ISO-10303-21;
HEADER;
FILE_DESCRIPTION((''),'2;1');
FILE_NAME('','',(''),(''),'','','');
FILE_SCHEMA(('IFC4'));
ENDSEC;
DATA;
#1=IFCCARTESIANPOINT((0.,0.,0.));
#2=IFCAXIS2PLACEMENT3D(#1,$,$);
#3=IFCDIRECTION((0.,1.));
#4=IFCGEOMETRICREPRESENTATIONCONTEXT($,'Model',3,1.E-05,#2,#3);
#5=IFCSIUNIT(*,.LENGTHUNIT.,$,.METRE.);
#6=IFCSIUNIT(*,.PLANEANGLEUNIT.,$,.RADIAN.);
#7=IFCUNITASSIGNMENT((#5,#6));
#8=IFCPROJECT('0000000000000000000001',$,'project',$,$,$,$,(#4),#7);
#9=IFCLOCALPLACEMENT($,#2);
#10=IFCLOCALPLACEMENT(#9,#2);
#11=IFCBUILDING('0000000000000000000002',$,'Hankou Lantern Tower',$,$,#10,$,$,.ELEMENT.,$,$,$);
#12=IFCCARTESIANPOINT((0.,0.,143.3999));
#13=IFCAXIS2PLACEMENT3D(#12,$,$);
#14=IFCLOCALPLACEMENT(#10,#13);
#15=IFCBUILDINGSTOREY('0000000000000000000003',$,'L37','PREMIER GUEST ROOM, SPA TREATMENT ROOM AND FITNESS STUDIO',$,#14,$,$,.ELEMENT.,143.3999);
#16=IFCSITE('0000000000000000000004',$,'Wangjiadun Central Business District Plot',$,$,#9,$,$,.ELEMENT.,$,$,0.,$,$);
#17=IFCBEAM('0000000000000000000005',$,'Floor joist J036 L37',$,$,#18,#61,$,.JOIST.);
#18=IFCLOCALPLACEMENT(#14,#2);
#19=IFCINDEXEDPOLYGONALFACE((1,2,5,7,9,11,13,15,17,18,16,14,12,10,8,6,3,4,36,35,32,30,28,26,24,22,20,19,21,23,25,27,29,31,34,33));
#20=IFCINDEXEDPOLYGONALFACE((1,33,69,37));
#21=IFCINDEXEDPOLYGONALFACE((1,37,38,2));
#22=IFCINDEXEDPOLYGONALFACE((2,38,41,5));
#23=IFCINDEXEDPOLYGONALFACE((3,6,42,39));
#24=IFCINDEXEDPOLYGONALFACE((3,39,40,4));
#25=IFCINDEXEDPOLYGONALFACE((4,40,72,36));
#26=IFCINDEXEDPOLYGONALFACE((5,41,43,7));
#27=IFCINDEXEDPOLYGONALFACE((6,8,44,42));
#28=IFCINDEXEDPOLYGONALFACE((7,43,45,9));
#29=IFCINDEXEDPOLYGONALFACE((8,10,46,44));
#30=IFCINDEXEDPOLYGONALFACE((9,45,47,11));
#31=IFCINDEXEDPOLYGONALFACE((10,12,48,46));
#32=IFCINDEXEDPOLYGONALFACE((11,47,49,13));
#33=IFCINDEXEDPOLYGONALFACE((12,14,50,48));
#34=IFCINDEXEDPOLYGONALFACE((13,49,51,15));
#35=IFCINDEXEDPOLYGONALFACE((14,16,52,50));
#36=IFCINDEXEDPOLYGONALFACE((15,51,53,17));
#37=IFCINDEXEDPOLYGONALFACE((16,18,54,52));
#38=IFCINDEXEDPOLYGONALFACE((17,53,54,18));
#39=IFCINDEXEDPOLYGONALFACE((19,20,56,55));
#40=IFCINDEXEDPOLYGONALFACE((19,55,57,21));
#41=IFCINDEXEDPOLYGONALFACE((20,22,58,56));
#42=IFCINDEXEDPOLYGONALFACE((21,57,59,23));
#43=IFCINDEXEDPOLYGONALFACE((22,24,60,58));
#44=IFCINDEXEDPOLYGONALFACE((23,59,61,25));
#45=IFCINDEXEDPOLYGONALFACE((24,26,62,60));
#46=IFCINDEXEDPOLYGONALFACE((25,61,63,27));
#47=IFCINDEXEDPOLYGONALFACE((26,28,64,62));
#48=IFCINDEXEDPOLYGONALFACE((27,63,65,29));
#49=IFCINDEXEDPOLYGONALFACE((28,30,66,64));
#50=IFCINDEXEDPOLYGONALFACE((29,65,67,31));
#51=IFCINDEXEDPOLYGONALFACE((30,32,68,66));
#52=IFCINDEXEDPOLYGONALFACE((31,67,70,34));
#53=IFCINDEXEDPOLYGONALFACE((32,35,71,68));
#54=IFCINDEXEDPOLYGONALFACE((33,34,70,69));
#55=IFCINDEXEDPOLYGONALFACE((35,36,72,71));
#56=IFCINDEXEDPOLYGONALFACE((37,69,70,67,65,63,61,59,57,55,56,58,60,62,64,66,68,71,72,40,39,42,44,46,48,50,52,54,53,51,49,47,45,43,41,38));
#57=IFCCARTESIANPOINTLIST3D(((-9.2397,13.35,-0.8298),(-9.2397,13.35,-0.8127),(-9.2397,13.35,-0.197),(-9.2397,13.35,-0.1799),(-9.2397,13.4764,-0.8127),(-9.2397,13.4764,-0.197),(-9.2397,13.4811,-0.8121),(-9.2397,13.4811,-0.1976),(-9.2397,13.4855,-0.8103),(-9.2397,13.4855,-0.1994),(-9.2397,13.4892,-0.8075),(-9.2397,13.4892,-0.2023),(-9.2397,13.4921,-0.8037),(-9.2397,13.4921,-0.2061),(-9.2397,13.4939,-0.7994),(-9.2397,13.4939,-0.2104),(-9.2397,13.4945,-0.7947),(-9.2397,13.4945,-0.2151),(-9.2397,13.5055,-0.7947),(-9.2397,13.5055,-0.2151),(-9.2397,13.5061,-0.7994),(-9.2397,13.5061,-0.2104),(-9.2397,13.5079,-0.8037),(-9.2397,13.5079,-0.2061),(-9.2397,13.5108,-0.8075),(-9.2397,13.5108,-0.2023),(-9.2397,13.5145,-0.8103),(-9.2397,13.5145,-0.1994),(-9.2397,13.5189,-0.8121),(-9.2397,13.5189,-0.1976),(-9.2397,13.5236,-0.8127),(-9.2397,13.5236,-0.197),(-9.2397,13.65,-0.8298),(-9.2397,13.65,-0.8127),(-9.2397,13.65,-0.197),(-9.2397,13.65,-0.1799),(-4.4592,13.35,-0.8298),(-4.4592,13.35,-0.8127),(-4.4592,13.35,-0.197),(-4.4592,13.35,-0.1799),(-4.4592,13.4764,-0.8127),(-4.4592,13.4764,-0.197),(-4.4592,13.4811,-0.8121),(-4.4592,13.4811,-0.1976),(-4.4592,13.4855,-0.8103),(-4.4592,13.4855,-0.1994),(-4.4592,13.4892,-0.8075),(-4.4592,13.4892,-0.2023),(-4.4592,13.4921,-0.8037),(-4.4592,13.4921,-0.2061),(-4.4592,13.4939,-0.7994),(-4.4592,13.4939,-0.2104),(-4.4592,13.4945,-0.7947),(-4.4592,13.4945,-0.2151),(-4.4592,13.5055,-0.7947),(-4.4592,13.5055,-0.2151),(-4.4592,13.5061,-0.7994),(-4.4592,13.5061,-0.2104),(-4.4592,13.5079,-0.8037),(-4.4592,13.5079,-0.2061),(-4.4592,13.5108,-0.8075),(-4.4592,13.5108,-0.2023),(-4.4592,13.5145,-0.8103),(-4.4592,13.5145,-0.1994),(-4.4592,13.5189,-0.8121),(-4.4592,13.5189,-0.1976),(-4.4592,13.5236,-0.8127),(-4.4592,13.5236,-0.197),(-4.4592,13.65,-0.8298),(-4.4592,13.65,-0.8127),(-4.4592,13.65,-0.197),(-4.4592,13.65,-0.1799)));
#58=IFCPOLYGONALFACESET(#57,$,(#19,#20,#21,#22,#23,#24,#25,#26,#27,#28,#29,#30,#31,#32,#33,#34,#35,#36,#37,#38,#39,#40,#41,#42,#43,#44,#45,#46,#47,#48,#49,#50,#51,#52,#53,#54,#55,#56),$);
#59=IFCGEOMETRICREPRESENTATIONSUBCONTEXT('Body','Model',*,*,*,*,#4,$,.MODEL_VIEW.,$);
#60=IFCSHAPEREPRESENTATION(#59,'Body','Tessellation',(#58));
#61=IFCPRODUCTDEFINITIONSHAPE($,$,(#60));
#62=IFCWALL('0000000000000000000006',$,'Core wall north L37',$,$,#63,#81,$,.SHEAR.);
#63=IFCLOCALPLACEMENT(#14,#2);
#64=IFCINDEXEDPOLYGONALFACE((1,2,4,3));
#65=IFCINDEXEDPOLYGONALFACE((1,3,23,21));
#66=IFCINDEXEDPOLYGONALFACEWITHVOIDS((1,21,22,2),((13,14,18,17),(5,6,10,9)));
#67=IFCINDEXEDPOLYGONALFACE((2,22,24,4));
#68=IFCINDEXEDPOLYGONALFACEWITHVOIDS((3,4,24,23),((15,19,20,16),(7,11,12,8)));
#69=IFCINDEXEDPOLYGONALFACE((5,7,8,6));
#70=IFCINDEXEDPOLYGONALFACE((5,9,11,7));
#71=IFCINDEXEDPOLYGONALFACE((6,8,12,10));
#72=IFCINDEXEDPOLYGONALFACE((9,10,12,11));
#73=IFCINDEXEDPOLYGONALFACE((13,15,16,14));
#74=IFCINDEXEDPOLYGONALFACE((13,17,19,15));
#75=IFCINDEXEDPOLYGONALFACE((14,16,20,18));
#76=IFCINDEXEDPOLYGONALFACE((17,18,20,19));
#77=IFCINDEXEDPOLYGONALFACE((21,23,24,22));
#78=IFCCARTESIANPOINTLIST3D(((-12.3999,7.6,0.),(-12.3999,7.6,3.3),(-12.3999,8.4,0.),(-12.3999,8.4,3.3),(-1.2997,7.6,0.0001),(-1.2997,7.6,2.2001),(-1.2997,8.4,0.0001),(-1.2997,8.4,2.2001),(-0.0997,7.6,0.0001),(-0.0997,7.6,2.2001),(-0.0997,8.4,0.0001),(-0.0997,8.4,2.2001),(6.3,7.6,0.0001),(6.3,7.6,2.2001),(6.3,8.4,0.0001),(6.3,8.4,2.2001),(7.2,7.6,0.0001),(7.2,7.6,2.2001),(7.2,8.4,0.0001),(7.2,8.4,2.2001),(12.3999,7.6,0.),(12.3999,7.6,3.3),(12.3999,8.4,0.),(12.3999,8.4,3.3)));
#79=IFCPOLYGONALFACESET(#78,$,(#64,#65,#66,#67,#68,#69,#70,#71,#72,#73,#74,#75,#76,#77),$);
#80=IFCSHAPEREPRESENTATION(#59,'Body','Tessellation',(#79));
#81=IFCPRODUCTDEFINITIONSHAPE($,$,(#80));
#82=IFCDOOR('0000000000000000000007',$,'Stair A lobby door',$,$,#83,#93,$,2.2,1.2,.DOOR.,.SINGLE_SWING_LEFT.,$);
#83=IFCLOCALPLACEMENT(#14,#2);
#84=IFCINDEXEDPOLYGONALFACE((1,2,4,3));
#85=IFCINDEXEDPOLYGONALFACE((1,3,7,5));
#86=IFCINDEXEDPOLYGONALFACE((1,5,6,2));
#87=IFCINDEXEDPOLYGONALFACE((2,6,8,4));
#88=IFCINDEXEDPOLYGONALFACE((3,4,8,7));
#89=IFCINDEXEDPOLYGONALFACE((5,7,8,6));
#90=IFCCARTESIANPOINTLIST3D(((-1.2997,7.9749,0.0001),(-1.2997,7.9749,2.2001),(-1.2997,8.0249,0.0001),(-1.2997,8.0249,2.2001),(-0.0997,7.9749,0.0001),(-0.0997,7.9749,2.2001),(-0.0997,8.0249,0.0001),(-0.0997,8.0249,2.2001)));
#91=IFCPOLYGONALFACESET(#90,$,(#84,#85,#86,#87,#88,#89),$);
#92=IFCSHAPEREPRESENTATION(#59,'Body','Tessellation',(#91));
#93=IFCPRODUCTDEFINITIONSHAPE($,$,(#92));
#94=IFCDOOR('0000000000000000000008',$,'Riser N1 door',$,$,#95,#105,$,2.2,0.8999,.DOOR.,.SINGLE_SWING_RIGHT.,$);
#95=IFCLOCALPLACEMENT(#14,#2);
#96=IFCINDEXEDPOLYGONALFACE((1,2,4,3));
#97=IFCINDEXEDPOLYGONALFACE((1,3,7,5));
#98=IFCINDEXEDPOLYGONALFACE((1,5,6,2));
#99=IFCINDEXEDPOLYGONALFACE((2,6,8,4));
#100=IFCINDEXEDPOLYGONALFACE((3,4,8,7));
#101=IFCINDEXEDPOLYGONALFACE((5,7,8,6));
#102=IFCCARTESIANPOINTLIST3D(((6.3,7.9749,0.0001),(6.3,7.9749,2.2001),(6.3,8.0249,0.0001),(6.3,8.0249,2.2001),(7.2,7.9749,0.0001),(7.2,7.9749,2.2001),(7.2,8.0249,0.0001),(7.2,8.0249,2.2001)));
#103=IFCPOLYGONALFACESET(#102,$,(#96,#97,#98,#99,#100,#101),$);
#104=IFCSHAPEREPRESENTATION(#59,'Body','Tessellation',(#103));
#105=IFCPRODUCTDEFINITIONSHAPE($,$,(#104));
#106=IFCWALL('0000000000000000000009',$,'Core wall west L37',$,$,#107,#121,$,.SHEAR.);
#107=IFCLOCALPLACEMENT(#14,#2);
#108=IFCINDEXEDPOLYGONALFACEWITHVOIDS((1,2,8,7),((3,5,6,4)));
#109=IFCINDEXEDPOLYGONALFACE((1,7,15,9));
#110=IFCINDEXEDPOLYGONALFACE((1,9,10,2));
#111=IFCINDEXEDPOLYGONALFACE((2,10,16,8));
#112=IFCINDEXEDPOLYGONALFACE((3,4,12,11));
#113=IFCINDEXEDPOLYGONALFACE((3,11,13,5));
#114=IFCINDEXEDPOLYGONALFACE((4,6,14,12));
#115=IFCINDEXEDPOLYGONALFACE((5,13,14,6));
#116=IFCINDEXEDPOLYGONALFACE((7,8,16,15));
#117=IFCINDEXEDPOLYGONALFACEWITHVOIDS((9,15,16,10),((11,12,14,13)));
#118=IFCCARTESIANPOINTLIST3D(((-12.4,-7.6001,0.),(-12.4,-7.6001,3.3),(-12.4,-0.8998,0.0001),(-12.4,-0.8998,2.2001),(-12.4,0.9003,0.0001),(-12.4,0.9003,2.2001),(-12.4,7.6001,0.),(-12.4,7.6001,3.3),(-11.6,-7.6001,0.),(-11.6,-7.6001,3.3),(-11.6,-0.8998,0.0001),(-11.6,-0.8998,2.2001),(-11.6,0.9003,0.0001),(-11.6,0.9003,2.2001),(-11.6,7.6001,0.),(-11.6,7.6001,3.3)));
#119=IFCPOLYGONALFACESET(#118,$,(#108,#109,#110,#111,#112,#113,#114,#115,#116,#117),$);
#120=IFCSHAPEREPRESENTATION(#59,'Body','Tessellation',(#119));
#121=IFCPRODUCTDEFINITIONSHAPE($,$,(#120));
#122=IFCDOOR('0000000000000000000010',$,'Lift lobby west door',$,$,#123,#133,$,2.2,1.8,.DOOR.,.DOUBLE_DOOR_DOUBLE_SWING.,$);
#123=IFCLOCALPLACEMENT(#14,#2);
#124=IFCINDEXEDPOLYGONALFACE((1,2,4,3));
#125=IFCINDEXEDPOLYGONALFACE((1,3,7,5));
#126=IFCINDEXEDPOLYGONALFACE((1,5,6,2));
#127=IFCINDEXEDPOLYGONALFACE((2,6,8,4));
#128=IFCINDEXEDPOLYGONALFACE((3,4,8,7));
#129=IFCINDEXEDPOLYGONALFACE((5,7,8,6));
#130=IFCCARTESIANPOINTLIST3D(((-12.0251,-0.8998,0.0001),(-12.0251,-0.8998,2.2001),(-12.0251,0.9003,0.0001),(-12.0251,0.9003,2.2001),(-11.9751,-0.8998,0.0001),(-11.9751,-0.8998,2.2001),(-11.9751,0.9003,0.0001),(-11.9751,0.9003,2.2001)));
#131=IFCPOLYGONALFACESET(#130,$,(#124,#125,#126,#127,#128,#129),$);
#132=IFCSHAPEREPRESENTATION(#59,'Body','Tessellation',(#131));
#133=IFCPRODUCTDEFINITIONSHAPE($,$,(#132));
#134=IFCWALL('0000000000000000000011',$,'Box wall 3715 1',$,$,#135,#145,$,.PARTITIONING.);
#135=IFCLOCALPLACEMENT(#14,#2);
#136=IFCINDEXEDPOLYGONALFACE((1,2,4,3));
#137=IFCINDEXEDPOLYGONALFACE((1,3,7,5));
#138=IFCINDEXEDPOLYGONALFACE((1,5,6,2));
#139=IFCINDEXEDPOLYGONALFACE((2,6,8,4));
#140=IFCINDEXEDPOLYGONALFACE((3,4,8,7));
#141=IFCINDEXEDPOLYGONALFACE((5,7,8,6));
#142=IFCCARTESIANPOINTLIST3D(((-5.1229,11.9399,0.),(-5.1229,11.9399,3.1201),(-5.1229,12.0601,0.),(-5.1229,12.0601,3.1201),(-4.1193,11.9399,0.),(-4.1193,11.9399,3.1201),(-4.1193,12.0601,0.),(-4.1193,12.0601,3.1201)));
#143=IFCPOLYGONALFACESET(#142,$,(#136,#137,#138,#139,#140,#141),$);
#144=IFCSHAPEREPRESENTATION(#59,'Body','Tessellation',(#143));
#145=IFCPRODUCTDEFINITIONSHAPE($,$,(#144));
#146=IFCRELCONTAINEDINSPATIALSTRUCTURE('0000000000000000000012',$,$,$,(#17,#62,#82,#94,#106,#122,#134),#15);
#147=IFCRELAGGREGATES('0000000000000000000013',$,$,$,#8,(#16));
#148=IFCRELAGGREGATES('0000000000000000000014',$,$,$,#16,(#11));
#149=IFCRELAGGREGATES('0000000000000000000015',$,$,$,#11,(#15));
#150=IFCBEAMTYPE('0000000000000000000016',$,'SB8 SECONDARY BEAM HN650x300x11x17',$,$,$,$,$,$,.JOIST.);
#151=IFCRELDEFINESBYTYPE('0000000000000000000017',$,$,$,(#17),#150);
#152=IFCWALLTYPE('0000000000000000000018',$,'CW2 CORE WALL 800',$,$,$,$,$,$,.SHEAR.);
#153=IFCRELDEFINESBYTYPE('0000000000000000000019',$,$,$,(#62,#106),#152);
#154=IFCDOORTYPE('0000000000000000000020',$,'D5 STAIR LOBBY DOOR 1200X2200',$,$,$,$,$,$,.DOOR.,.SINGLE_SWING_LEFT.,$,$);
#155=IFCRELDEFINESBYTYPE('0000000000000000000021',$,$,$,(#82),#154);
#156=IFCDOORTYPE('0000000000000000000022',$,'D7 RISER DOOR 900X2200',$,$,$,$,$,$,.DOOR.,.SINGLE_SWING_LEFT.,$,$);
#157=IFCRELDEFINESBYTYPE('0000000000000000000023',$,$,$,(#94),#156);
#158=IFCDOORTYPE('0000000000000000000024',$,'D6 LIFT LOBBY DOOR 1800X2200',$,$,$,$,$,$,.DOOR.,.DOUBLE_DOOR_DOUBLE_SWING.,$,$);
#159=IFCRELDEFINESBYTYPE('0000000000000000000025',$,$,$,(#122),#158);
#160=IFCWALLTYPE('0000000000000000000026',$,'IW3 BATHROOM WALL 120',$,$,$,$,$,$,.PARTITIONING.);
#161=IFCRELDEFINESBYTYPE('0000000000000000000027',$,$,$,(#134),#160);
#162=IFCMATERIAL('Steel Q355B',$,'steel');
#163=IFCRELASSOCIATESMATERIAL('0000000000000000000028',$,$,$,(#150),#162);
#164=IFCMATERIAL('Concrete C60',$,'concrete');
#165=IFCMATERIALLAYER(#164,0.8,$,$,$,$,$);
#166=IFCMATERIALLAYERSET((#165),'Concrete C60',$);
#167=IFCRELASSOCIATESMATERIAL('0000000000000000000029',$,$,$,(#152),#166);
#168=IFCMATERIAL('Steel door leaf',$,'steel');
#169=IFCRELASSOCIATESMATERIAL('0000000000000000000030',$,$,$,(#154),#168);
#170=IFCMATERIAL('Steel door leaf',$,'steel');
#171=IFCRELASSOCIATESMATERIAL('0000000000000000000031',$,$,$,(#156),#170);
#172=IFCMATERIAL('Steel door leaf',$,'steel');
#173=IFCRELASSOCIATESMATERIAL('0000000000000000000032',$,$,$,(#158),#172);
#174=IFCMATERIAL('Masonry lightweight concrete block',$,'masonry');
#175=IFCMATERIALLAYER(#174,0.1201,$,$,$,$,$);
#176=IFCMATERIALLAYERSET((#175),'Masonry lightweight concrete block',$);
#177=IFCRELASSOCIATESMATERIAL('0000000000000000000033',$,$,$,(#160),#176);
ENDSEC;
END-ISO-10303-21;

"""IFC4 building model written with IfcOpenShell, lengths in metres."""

from ifc_helpers import new_model, si_unit, direction, frame, frame_2d, origin, origin_2d, place, context, subcontext, project, spatial, rectangle, i_section, extrude, material, layer, layer_set, material_profile, profile_set, type_object, element, fill, save


model = new_model("IFC4")

# Units and contexts
model_context = context("Model", 3, precision=1e-05, world=origin(), true_north=direction((0.0, 1.0)))
body_context = subcontext(model_context, "Body", "Model", "MODEL_VIEW")
ifc_project = project(units=[si_unit("LENGTHUNIT", "METRE"), si_unit("PLANEANGLEUNIT", "RADIAN")], contexts=[model_context])

# Site, building, storey
site_placement = place(None, origin())
site = spatial("IfcSite", under=ifc_project, at=site_placement, Name="Wangjiadun Central Business District Plot", CompositionType="ELEMENT", RefElevation=0.0)
building_placement = place(site_placement, origin())
building = spatial("IfcBuilding", under=site, at=building_placement, Name="Hankou Lantern Tower", CompositionType="ELEMENT")
storey_placement = place(building_placement, frame((0.0, 0.0, 143.3999)))
storey = spatial("IfcBuildingStorey", under=building, at=storey_placement, Name="L37", Description="PREMIER GUEST ROOM, SPA TREATMENT ROOM AND FITNESS STUDIO", CompositionType="ELEMENT", Elevation=143.3999)

# Beam
ifc_material_1 = material(Name="Steel Q355B", Category="steel")
ifc_material_profile_1 = material_profile(ifc_material_1, i_section(OverallWidth=0.3, OverallDepth=0.6499, WebThickness=0.011, FlangeThickness=0.0171, FilletRadius=0.0181, at=origin_2d()), Name="HN650x300x11x17")
ifc_profile_set_1 = profile_set([ifc_material_profile_1], Name="Steel Q355B")
beam_type_1 = type_object("IfcBeamType", Name="SB8 SECONDARY BEAM HN650x300x11x17", PredefinedType="JOIST", material=ifc_profile_set_1)
beam_1_placement = place(storey_placement, frame((-9.2397, 13.5, -0.5049), z_axis=(1.0, 0.0, 0.0), x_axis=(0.0, 1.0, 0.0)))
element("IfcBeam", 1, at=beam_1_placement, inside=storey, type_object=beam_type_1, Name="Floor joist J036 L37", PredefinedType="JOIST", context=body_context, shape_type="SweptSolid", body=[
    extrude(i_section(OverallWidth=0.3, OverallDepth=0.6499, WebThickness=0.011, FlangeThickness=0.0171, FilletRadius=0.0181, at=origin_2d()), origin(), (0.0, 0.0, 1.0), 4.7805),
])

# Wall, openings, doors
ifc_material_2 = material(Name="Concrete C60", Category="concrete")
ifc_layer_1 = layer(ifc_material_2, 0.8)
ifc_layer_set_1 = layer_set([ifc_layer_1], Name="Concrete C60")
wall_type_1 = type_object("IfcWallType", Name="CW2 CORE WALL 800", PredefinedType="SHEAR", material=ifc_layer_set_1)
wall_1_placement = place(storey_placement, frame((-12.3999, 8.0, 0.0), z_axis=(0.0, 0.0, 1.0), x_axis=(1.0, 0.0, 0.0)))
wall_1 = element("IfcWall", 2, at=wall_1_placement, inside=storey, type_object=wall_type_1, Name="Core wall north L37", PredefinedType="SHEAR", context=body_context, shape_type="SweptSolid", body=[
    extrude(rectangle(XDim=24.7998, YDim=0.8, at=frame_2d((12.3999, 0.0))), origin(), (0.0, 0.0, 1.0), 3.3),
])
opening_1_placement = place(wall_1_placement, frame((11.1001, 0.0, 0.0)))
opening_1 = element("IfcOpeningElement", 3, at=opening_1_placement, cuts=wall_1, PredefinedType="OPENING", context=body_context, shape_type="SweptSolid", body=[
    extrude(rectangle(XDim=1.2, YDim=2.2, at=frame_2d((0.6001, 1.1001))), frame((0.0, 0.4099, 0.0), z_axis=(0.0, -1.0, 0.0), x_axis=(1.0, 0.0, 0.0)), (0.0, 0.0, 1.0), 0.8201),
])
opening_2_placement = place(wall_1_placement, frame((18.7, 0.0, 0.0)))
opening_2 = element("IfcOpeningElement", 4, at=opening_2_placement, cuts=wall_1, PredefinedType="OPENING", context=body_context, shape_type="SweptSolid", body=[
    extrude(rectangle(XDim=0.8999, YDim=2.2, at=frame_2d((0.45, 1.1001))), frame((0.0, 0.4099, 0.0), z_axis=(0.0, -1.0, 0.0), x_axis=(1.0, 0.0, 0.0)), (0.0, 0.0, 1.0), 0.8201),
])
ifc_material_3 = material(Name="Steel door leaf", Category="steel")
door_type_1 = type_object("IfcDoorType", Name="D5 STAIR LOBBY DOOR 1200X2200", OperationType="SINGLE_SWING_LEFT", PredefinedType="DOOR", material=ifc_material_3)
door_1_placement = place(opening_1_placement, origin())
door_1 = element("IfcDoor", 5, at=door_1_placement, inside=storey, type_object=door_type_1, Name="Stair A lobby door", OperationType="SINGLE_SWING_LEFT", OverallHeight=2.2, OverallWidth=1.2, PredefinedType="DOOR", context=body_context, shape_type="SweptSolid", body=[
    extrude(rectangle(XDim=1.2, YDim=2.2, at=frame_2d((0.6001, 1.1001))), frame((0.0, 0.0249, 0.0), z_axis=(0.0, -1.0, 0.0), x_axis=(1.0, 0.0, 0.0)), (0.0, 0.0, 1.0), 0.05),
])
fill(opening_1, door_1)
ifc_material_4 = material(Name="Steel door leaf", Category="steel")
door_type_2 = type_object("IfcDoorType", Name="D7 RISER DOOR 900X2200", OperationType="SINGLE_SWING_LEFT", PredefinedType="DOOR", material=ifc_material_4)
door_2_placement = place(opening_2_placement, origin())
door_2 = element("IfcDoor", 6, at=door_2_placement, inside=storey, type_object=door_type_2, Name="Riser N1 door", OperationType="SINGLE_SWING_RIGHT", OverallHeight=2.2, OverallWidth=0.8999, PredefinedType="DOOR", context=body_context, shape_type="SweptSolid", body=[
    extrude(rectangle(XDim=0.8999, YDim=2.2, at=frame_2d((0.45, 1.1001))), frame((0.0, 0.0249, 0.0), z_axis=(0.0, -1.0, 0.0), x_axis=(1.0, 0.0, 0.0)), (0.0, 0.0, 1.0), 0.05),
])
fill(opening_2, door_2)

# Wall, opening, door
wall_2_placement = place(storey_placement, frame((-12.0, 7.6001, 0.0), z_axis=(0.0, 0.0, 1.0), x_axis=(0.0, -1.0, 0.0)))
wall_2 = element("IfcWall", 7, at=wall_2_placement, inside=storey, type_object=wall_type_1, Name="Core wall west L37", PredefinedType="SHEAR", context=body_context, shape_type="SweptSolid", body=[
    extrude(rectangle(XDim=15.2002, YDim=0.8, at=frame_2d((7.6001, 0.0))), origin(), (0.0, 0.0, 1.0), 3.3),
])
opening_3_placement = place(wall_2_placement, frame((6.7, 0.0, 0.0)))
opening_3 = element("IfcOpeningElement", 8, at=opening_3_placement, cuts=wall_2, PredefinedType="OPENING", context=body_context, shape_type="SweptSolid", body=[
    extrude(rectangle(XDim=1.8, YDim=2.2, at=frame_2d((0.8999, 1.1001))), frame((0.0, 0.4099, 0.0), z_axis=(0.0, -1.0, 0.0), x_axis=(1.0, 0.0, 0.0)), (0.0, 0.0, 1.0), 0.8201),
])
ifc_material_5 = material(Name="Steel door leaf", Category="steel")
door_type_3 = type_object("IfcDoorType", Name="D6 LIFT LOBBY DOOR 1800X2200", OperationType="DOUBLE_DOOR_DOUBLE_SWING", PredefinedType="DOOR", material=ifc_material_5)
door_3_placement = place(opening_3_placement, origin())
door_3 = element("IfcDoor", 9, at=door_3_placement, inside=storey, type_object=door_type_3, Name="Lift lobby west door", OperationType="DOUBLE_DOOR_DOUBLE_SWING", OverallHeight=2.2, OverallWidth=1.8, PredefinedType="DOOR", context=body_context, shape_type="SweptSolid", body=[
    extrude(rectangle(XDim=1.8, YDim=2.2, at=frame_2d((0.8999, 1.1001))), frame((0.0, 0.0249, 0.0), z_axis=(0.0, -1.0, 0.0), x_axis=(1.0, 0.0, 0.0)), (0.0, 0.0, 1.0), 0.05),
])
fill(opening_3, door_3)

# Wall
ifc_material_6 = material(Name="Masonry lightweight concrete block", Category="masonry")
ifc_layer_2 = layer(ifc_material_6, 0.1201)
ifc_layer_set_2 = layer_set([ifc_layer_2], Name="Masonry lightweight concrete block")
wall_type_2 = type_object("IfcWallType", Name="IW3 BATHROOM WALL 120", PredefinedType="PARTITIONING", material=ifc_layer_set_2)
wall_3_placement = place(storey_placement, frame((-4.1191, 12.0, 0.0), z_axis=(0.0, 0.0, 1.0), x_axis=(-1.0, 0.0, 0.0)))
element("IfcWall", 10, at=wall_3_placement, inside=storey, type_object=wall_type_2, Name="Box wall 3715 1", PredefinedType="PARTITIONING", context=body_context, shape_type="SweptSolid", body=[
    extrude(rectangle(XDim=1.0037, YDim=0.1201, at=frame_2d((0.502, 0.0))), origin(), (0.0, 0.0, 1.0), 3.1201),
])

save(model, "model.ifc")
